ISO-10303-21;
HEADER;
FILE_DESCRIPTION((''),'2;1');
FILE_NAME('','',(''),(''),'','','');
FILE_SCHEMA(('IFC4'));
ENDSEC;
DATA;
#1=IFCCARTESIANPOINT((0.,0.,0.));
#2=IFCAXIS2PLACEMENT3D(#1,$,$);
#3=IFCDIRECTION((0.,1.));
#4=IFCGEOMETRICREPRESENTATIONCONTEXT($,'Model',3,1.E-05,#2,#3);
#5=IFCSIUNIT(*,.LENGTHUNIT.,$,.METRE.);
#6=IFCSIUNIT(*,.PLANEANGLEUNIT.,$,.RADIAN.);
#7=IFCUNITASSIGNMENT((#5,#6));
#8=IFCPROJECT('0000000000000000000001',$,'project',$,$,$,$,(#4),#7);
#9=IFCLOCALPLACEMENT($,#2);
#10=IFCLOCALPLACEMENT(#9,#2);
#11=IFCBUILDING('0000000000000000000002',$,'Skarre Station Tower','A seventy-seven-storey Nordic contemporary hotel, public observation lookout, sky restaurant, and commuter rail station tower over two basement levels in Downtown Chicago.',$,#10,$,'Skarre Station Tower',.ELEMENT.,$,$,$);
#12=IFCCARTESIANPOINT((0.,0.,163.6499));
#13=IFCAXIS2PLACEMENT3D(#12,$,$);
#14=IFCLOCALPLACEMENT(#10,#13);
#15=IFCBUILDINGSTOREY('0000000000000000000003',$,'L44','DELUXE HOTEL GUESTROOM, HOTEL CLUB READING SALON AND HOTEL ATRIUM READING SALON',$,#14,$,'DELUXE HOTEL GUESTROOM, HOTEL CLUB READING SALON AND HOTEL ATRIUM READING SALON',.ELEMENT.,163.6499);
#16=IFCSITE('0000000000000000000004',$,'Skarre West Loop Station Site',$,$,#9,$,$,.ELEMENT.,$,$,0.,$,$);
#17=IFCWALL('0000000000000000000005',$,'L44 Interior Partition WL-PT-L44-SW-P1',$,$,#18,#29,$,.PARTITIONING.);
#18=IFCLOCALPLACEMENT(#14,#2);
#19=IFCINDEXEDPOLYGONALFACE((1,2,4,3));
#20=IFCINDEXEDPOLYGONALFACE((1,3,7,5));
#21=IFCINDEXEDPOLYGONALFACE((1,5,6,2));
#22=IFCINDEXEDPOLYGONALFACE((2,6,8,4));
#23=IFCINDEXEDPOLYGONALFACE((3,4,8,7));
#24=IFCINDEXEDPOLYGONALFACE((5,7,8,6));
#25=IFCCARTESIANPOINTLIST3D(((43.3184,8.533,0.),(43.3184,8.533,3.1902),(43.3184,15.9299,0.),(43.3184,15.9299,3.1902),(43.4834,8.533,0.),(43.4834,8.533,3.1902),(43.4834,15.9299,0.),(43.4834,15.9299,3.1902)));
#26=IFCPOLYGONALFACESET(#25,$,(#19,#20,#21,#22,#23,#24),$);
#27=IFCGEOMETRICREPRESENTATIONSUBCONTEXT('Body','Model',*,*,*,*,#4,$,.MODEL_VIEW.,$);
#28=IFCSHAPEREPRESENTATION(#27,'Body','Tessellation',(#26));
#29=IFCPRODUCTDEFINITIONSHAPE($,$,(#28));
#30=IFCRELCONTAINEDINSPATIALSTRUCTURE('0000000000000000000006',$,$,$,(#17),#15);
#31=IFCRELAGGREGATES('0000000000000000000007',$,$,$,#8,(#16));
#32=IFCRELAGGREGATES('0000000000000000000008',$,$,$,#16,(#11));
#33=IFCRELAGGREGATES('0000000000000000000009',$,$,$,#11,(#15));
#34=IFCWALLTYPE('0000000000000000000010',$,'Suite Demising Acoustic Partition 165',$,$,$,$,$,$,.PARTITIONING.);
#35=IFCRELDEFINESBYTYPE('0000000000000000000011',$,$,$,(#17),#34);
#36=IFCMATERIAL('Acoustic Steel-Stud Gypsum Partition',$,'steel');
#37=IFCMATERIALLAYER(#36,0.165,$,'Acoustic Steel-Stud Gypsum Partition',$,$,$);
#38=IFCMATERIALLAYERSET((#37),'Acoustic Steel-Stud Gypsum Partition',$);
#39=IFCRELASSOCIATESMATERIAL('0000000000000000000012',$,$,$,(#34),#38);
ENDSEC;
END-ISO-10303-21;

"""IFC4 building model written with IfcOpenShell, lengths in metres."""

from ifc_helpers import new_model, si_unit, direction, frame, frame_2d, origin, place, context, subcontext, project, spatial, rectangle, extrude, material, layer, layer_set, type_object, element, save


model = new_model("IFC4")

# Units and contexts
model_context = context("Model", 3, precision=1e-05, world=origin(), true_north=direction((0.0, 1.0)))
body_context = subcontext(model_context, "Body", "Model", "MODEL_VIEW")
ifc_project = project(units=[si_unit("LENGTHUNIT", "METRE"), si_unit("PLANEANGLEUNIT", "RADIAN")], contexts=[model_context])

# Site, building, storey
site_placement = place(None, origin())
site = spatial("IfcSite", under=ifc_project, at=site_placement, Name="Skarre West Loop Station Site", CompositionType="ELEMENT", RefElevation=0.0)
building_placement = place(site_placement, origin())
building = spatial("IfcBuilding", under=site, at=building_placement, Name="Skarre Station Tower", Description="A seventy-seven-storey Nordic contemporary hotel, public observation lookout, sky restaurant, and commuter rail station tower over two basement levels in Downtown Chicago.", LongName="Skarre Station Tower", CompositionType="ELEMENT")
storey_placement = place(building_placement, frame((0.0, 0.0, 163.6499)))
storey = spatial("IfcBuildingStorey", under=building, at=storey_placement, Name="L44", Description="DELUXE HOTEL GUESTROOM, HOTEL CLUB READING SALON AND HOTEL ATRIUM READING SALON", LongName="DELUXE HOTEL GUESTROOM, HOTEL CLUB READING SALON AND HOTEL ATRIUM READING SALON", CompositionType="ELEMENT", Elevation=163.6499)

# Wall
ifc_material_1 = material(Name="Acoustic Steel-Stud Gypsum Partition", Category="steel")
ifc_layer_1 = layer(ifc_material_1, 0.165, Name="Acoustic Steel-Stud Gypsum Partition")
ifc_layer_set_1 = layer_set([ifc_layer_1], Name="Acoustic Steel-Stud Gypsum Partition")
wall_type_1 = type_object("IfcWallType", Name="Suite Demising Acoustic Partition 165", PredefinedType="PARTITIONING", material=ifc_layer_set_1)
wall_1_placement = place(storey_placement, frame((43.4009, 8.533, 0.0), z_axis=(0.0, 0.0, 1.0), x_axis=(0.0, 1.0, 0.0)))
element("IfcWall", 1, at=wall_1_placement, inside=storey, type_object=wall_type_1, Name="L44 Interior Partition WL-PT-L44-SW-P1", PredefinedType="PARTITIONING", context=body_context, shape_type="SweptSolid", body=[
    extrude(rectangle(XDim=7.397, YDim=0.165, at=frame_2d((3.6985, 0.0))), origin(), (0.0, 0.0, 1.0), 3.1902),
])

save(model, "model.ifc")
